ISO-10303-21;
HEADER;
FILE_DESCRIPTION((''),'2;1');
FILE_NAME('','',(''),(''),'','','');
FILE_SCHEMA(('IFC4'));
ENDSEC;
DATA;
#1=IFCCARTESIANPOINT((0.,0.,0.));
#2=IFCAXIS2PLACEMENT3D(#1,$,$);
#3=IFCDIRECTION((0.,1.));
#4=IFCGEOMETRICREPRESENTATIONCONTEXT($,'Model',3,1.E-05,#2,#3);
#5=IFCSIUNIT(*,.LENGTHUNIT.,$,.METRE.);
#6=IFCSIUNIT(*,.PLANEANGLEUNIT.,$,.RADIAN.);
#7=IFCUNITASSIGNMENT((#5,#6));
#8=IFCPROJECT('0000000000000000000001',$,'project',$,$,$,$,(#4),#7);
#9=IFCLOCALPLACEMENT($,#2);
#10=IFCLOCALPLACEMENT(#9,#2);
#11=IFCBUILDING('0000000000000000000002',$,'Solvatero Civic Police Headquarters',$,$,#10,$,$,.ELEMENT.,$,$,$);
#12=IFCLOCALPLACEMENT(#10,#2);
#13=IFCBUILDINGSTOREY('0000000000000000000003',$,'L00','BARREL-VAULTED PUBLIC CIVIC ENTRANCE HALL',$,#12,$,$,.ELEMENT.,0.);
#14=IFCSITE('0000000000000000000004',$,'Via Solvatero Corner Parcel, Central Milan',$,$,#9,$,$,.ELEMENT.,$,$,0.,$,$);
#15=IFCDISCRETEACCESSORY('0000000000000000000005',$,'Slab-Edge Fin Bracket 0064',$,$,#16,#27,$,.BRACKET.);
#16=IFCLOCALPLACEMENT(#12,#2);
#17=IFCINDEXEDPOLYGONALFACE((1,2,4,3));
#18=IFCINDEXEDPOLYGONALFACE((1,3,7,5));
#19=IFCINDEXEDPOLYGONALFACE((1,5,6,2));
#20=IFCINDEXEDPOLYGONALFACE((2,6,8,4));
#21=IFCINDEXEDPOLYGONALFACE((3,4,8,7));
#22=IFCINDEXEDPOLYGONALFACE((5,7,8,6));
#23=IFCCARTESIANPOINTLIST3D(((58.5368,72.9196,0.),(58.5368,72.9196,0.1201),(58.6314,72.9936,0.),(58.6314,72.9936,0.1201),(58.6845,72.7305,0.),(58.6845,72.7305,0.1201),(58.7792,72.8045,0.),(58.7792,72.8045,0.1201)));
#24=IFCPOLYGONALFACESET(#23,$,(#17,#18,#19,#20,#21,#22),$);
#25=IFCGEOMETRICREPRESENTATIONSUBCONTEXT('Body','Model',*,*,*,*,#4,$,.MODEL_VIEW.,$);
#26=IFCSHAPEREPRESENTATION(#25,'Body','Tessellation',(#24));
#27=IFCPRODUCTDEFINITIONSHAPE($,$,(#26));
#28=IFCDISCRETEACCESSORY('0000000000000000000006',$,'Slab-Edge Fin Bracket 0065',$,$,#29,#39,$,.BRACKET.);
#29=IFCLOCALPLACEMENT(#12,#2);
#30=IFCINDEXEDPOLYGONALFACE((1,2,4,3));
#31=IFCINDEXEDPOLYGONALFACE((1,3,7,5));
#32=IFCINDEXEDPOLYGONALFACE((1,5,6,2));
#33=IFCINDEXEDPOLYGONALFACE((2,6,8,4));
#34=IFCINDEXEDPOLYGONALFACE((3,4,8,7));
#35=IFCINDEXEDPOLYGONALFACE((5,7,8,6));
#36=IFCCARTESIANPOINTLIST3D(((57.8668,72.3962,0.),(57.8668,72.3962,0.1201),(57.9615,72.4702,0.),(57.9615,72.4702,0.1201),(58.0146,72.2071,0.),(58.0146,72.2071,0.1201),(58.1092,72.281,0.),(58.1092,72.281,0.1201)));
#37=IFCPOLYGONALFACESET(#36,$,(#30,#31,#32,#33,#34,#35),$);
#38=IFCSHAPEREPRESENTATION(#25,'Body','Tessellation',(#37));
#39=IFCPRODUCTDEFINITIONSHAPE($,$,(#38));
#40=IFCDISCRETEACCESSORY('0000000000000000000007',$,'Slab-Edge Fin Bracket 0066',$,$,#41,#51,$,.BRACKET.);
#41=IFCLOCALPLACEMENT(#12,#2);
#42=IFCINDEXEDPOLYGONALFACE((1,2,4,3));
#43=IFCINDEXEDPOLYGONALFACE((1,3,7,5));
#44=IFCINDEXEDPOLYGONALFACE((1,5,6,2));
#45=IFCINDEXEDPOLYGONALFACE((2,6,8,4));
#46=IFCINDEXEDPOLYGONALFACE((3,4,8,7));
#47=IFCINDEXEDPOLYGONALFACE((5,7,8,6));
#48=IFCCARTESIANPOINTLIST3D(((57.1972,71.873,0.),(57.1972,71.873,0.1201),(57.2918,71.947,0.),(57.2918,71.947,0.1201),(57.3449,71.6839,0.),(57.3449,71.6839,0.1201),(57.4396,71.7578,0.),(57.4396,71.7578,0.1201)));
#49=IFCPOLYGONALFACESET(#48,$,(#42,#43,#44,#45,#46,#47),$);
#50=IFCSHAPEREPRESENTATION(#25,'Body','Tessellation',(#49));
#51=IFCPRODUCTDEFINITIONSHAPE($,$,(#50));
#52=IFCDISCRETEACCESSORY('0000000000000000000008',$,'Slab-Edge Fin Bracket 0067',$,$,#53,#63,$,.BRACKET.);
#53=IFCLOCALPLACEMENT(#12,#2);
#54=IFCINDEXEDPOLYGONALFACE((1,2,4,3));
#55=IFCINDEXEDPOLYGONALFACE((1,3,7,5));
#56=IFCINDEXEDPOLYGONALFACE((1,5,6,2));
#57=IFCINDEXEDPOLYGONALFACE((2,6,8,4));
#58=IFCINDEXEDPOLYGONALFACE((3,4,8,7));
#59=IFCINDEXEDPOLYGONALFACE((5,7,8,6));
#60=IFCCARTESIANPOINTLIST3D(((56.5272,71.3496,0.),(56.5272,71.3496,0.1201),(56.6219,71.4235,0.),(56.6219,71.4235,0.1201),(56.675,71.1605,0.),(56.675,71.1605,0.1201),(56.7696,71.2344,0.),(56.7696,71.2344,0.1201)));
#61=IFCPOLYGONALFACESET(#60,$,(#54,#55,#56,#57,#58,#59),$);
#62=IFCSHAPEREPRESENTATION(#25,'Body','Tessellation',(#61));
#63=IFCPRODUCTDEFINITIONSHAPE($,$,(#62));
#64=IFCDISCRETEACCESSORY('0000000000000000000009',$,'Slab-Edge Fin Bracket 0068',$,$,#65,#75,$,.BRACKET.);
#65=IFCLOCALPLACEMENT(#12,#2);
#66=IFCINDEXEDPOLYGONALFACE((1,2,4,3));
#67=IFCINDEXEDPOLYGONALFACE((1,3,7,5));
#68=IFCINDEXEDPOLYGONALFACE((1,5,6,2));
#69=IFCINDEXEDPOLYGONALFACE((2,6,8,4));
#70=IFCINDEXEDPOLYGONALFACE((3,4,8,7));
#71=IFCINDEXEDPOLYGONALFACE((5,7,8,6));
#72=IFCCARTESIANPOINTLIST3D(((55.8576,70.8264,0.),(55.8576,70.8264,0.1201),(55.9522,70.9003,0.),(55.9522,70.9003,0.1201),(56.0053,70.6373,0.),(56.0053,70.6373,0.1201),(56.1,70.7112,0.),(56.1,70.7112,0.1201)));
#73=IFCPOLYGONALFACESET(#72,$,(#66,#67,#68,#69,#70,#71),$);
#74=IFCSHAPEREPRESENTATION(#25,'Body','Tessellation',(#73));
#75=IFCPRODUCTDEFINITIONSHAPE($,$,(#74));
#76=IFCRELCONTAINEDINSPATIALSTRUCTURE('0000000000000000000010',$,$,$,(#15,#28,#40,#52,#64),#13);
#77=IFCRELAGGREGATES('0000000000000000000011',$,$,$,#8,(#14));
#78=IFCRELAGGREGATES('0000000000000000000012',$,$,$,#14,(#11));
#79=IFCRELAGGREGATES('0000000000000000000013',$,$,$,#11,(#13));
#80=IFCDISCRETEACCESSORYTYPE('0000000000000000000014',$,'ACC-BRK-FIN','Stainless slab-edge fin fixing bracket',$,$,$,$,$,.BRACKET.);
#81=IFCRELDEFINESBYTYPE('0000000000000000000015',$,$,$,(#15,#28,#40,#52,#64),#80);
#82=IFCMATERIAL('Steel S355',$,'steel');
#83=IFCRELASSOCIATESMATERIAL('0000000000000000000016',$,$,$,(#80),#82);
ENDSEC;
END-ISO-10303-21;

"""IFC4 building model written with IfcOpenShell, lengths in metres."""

from ifc_helpers import new_model, si_unit, direction, frame, origin, origin_2d, place, context, subcontext, project, spatial, rectangle, extrude, material, type_object, element, save


model = new_model("IFC4")

# Units and contexts
model_context = context("Model", 3, precision=1e-05, world=origin(), true_north=direction((0.0, 1.0)))
body_context = subcontext(model_context, "Body", "Model", "MODEL_VIEW")
ifc_project = project(units=[si_unit("LENGTHUNIT", "METRE"), si_unit("PLANEANGLEUNIT", "RADIAN")], contexts=[model_context])

# Site, building, storey
site_placement = place(None, origin())
site = spatial("IfcSite", under=ifc_project, at=site_placement, Name="Via Solvatero Corner Parcel, Central Milan", CompositionType="ELEMENT", RefElevation=0.0)
building_placement = place(site_placement, origin())
building = spatial("IfcBuilding", under=site, at=building_placement, Name="Solvatero Civic Police Headquarters", CompositionType="ELEMENT")
storey_placement = place(building_placement, origin())
storey = spatial("IfcBuildingStorey", under=building, at=storey_placement, Name="L00", Description="BARREL-VAULTED PUBLIC CIVIC ENTRANCE HALL", CompositionType="ELEMENT", Elevation=0.0)

# Shared definitions
ifc_material_1 = material(Name="Steel S355", Category="steel")

# Discrete accessories
discrete_accessory_type = type_object("IfcDiscreteAccessoryType", Name="ACC-BRK-FIN", Description="Stainless slab-edge fin fixing bracket", PredefinedType="BRACKET", material=ifc_material_1)
for number, where, z_axis, x_axis, name in (
    (1, (58.658, 72.8621, 0.0), (0.0, 0.0, 1.0), (-0.788011, -0.615661, 0.0), "Slab-Edge Fin Bracket 0064"),
    (2, (57.988, 72.3386, 0.0), (0.0, 0.0, 1.0), (-0.788011, -0.615661, 0.0), "Slab-Edge Fin Bracket 0065"),
    (3, (57.3184, 71.8154, 0.0), (0.0, 0.0, 1.0), (-0.788011, -0.615661, 0.0), "Slab-Edge Fin Bracket 0066"),
    (4, (56.6484, 71.292, 0.0), (0.0, 0.0, 1.0), (-0.788011, -0.615661, 0.0), "Slab-Edge Fin Bracket 0067"),
    (5, (55.9788, 70.7688, 0.0), (0.0, 0.0, 1.0), (-0.788011, -0.615661, 0.0), "Slab-Edge Fin Bracket 0068"),
):
    element("IfcDiscreteAccessory", number, at=place(storey_placement, frame(where, z_axis=z_axis, x_axis=x_axis)), inside=storey, type_object=discrete_accessory_type, Name=name, PredefinedType="BRACKET", context=body_context, shape_type="SweptSolid", body=[
        extrude(rectangle(XDim=0.1201, YDim=0.24, at=origin_2d()), origin(), (0.0, 0.0, 1.0), 0.1201),
    ])

save(model, "model.ifc")
